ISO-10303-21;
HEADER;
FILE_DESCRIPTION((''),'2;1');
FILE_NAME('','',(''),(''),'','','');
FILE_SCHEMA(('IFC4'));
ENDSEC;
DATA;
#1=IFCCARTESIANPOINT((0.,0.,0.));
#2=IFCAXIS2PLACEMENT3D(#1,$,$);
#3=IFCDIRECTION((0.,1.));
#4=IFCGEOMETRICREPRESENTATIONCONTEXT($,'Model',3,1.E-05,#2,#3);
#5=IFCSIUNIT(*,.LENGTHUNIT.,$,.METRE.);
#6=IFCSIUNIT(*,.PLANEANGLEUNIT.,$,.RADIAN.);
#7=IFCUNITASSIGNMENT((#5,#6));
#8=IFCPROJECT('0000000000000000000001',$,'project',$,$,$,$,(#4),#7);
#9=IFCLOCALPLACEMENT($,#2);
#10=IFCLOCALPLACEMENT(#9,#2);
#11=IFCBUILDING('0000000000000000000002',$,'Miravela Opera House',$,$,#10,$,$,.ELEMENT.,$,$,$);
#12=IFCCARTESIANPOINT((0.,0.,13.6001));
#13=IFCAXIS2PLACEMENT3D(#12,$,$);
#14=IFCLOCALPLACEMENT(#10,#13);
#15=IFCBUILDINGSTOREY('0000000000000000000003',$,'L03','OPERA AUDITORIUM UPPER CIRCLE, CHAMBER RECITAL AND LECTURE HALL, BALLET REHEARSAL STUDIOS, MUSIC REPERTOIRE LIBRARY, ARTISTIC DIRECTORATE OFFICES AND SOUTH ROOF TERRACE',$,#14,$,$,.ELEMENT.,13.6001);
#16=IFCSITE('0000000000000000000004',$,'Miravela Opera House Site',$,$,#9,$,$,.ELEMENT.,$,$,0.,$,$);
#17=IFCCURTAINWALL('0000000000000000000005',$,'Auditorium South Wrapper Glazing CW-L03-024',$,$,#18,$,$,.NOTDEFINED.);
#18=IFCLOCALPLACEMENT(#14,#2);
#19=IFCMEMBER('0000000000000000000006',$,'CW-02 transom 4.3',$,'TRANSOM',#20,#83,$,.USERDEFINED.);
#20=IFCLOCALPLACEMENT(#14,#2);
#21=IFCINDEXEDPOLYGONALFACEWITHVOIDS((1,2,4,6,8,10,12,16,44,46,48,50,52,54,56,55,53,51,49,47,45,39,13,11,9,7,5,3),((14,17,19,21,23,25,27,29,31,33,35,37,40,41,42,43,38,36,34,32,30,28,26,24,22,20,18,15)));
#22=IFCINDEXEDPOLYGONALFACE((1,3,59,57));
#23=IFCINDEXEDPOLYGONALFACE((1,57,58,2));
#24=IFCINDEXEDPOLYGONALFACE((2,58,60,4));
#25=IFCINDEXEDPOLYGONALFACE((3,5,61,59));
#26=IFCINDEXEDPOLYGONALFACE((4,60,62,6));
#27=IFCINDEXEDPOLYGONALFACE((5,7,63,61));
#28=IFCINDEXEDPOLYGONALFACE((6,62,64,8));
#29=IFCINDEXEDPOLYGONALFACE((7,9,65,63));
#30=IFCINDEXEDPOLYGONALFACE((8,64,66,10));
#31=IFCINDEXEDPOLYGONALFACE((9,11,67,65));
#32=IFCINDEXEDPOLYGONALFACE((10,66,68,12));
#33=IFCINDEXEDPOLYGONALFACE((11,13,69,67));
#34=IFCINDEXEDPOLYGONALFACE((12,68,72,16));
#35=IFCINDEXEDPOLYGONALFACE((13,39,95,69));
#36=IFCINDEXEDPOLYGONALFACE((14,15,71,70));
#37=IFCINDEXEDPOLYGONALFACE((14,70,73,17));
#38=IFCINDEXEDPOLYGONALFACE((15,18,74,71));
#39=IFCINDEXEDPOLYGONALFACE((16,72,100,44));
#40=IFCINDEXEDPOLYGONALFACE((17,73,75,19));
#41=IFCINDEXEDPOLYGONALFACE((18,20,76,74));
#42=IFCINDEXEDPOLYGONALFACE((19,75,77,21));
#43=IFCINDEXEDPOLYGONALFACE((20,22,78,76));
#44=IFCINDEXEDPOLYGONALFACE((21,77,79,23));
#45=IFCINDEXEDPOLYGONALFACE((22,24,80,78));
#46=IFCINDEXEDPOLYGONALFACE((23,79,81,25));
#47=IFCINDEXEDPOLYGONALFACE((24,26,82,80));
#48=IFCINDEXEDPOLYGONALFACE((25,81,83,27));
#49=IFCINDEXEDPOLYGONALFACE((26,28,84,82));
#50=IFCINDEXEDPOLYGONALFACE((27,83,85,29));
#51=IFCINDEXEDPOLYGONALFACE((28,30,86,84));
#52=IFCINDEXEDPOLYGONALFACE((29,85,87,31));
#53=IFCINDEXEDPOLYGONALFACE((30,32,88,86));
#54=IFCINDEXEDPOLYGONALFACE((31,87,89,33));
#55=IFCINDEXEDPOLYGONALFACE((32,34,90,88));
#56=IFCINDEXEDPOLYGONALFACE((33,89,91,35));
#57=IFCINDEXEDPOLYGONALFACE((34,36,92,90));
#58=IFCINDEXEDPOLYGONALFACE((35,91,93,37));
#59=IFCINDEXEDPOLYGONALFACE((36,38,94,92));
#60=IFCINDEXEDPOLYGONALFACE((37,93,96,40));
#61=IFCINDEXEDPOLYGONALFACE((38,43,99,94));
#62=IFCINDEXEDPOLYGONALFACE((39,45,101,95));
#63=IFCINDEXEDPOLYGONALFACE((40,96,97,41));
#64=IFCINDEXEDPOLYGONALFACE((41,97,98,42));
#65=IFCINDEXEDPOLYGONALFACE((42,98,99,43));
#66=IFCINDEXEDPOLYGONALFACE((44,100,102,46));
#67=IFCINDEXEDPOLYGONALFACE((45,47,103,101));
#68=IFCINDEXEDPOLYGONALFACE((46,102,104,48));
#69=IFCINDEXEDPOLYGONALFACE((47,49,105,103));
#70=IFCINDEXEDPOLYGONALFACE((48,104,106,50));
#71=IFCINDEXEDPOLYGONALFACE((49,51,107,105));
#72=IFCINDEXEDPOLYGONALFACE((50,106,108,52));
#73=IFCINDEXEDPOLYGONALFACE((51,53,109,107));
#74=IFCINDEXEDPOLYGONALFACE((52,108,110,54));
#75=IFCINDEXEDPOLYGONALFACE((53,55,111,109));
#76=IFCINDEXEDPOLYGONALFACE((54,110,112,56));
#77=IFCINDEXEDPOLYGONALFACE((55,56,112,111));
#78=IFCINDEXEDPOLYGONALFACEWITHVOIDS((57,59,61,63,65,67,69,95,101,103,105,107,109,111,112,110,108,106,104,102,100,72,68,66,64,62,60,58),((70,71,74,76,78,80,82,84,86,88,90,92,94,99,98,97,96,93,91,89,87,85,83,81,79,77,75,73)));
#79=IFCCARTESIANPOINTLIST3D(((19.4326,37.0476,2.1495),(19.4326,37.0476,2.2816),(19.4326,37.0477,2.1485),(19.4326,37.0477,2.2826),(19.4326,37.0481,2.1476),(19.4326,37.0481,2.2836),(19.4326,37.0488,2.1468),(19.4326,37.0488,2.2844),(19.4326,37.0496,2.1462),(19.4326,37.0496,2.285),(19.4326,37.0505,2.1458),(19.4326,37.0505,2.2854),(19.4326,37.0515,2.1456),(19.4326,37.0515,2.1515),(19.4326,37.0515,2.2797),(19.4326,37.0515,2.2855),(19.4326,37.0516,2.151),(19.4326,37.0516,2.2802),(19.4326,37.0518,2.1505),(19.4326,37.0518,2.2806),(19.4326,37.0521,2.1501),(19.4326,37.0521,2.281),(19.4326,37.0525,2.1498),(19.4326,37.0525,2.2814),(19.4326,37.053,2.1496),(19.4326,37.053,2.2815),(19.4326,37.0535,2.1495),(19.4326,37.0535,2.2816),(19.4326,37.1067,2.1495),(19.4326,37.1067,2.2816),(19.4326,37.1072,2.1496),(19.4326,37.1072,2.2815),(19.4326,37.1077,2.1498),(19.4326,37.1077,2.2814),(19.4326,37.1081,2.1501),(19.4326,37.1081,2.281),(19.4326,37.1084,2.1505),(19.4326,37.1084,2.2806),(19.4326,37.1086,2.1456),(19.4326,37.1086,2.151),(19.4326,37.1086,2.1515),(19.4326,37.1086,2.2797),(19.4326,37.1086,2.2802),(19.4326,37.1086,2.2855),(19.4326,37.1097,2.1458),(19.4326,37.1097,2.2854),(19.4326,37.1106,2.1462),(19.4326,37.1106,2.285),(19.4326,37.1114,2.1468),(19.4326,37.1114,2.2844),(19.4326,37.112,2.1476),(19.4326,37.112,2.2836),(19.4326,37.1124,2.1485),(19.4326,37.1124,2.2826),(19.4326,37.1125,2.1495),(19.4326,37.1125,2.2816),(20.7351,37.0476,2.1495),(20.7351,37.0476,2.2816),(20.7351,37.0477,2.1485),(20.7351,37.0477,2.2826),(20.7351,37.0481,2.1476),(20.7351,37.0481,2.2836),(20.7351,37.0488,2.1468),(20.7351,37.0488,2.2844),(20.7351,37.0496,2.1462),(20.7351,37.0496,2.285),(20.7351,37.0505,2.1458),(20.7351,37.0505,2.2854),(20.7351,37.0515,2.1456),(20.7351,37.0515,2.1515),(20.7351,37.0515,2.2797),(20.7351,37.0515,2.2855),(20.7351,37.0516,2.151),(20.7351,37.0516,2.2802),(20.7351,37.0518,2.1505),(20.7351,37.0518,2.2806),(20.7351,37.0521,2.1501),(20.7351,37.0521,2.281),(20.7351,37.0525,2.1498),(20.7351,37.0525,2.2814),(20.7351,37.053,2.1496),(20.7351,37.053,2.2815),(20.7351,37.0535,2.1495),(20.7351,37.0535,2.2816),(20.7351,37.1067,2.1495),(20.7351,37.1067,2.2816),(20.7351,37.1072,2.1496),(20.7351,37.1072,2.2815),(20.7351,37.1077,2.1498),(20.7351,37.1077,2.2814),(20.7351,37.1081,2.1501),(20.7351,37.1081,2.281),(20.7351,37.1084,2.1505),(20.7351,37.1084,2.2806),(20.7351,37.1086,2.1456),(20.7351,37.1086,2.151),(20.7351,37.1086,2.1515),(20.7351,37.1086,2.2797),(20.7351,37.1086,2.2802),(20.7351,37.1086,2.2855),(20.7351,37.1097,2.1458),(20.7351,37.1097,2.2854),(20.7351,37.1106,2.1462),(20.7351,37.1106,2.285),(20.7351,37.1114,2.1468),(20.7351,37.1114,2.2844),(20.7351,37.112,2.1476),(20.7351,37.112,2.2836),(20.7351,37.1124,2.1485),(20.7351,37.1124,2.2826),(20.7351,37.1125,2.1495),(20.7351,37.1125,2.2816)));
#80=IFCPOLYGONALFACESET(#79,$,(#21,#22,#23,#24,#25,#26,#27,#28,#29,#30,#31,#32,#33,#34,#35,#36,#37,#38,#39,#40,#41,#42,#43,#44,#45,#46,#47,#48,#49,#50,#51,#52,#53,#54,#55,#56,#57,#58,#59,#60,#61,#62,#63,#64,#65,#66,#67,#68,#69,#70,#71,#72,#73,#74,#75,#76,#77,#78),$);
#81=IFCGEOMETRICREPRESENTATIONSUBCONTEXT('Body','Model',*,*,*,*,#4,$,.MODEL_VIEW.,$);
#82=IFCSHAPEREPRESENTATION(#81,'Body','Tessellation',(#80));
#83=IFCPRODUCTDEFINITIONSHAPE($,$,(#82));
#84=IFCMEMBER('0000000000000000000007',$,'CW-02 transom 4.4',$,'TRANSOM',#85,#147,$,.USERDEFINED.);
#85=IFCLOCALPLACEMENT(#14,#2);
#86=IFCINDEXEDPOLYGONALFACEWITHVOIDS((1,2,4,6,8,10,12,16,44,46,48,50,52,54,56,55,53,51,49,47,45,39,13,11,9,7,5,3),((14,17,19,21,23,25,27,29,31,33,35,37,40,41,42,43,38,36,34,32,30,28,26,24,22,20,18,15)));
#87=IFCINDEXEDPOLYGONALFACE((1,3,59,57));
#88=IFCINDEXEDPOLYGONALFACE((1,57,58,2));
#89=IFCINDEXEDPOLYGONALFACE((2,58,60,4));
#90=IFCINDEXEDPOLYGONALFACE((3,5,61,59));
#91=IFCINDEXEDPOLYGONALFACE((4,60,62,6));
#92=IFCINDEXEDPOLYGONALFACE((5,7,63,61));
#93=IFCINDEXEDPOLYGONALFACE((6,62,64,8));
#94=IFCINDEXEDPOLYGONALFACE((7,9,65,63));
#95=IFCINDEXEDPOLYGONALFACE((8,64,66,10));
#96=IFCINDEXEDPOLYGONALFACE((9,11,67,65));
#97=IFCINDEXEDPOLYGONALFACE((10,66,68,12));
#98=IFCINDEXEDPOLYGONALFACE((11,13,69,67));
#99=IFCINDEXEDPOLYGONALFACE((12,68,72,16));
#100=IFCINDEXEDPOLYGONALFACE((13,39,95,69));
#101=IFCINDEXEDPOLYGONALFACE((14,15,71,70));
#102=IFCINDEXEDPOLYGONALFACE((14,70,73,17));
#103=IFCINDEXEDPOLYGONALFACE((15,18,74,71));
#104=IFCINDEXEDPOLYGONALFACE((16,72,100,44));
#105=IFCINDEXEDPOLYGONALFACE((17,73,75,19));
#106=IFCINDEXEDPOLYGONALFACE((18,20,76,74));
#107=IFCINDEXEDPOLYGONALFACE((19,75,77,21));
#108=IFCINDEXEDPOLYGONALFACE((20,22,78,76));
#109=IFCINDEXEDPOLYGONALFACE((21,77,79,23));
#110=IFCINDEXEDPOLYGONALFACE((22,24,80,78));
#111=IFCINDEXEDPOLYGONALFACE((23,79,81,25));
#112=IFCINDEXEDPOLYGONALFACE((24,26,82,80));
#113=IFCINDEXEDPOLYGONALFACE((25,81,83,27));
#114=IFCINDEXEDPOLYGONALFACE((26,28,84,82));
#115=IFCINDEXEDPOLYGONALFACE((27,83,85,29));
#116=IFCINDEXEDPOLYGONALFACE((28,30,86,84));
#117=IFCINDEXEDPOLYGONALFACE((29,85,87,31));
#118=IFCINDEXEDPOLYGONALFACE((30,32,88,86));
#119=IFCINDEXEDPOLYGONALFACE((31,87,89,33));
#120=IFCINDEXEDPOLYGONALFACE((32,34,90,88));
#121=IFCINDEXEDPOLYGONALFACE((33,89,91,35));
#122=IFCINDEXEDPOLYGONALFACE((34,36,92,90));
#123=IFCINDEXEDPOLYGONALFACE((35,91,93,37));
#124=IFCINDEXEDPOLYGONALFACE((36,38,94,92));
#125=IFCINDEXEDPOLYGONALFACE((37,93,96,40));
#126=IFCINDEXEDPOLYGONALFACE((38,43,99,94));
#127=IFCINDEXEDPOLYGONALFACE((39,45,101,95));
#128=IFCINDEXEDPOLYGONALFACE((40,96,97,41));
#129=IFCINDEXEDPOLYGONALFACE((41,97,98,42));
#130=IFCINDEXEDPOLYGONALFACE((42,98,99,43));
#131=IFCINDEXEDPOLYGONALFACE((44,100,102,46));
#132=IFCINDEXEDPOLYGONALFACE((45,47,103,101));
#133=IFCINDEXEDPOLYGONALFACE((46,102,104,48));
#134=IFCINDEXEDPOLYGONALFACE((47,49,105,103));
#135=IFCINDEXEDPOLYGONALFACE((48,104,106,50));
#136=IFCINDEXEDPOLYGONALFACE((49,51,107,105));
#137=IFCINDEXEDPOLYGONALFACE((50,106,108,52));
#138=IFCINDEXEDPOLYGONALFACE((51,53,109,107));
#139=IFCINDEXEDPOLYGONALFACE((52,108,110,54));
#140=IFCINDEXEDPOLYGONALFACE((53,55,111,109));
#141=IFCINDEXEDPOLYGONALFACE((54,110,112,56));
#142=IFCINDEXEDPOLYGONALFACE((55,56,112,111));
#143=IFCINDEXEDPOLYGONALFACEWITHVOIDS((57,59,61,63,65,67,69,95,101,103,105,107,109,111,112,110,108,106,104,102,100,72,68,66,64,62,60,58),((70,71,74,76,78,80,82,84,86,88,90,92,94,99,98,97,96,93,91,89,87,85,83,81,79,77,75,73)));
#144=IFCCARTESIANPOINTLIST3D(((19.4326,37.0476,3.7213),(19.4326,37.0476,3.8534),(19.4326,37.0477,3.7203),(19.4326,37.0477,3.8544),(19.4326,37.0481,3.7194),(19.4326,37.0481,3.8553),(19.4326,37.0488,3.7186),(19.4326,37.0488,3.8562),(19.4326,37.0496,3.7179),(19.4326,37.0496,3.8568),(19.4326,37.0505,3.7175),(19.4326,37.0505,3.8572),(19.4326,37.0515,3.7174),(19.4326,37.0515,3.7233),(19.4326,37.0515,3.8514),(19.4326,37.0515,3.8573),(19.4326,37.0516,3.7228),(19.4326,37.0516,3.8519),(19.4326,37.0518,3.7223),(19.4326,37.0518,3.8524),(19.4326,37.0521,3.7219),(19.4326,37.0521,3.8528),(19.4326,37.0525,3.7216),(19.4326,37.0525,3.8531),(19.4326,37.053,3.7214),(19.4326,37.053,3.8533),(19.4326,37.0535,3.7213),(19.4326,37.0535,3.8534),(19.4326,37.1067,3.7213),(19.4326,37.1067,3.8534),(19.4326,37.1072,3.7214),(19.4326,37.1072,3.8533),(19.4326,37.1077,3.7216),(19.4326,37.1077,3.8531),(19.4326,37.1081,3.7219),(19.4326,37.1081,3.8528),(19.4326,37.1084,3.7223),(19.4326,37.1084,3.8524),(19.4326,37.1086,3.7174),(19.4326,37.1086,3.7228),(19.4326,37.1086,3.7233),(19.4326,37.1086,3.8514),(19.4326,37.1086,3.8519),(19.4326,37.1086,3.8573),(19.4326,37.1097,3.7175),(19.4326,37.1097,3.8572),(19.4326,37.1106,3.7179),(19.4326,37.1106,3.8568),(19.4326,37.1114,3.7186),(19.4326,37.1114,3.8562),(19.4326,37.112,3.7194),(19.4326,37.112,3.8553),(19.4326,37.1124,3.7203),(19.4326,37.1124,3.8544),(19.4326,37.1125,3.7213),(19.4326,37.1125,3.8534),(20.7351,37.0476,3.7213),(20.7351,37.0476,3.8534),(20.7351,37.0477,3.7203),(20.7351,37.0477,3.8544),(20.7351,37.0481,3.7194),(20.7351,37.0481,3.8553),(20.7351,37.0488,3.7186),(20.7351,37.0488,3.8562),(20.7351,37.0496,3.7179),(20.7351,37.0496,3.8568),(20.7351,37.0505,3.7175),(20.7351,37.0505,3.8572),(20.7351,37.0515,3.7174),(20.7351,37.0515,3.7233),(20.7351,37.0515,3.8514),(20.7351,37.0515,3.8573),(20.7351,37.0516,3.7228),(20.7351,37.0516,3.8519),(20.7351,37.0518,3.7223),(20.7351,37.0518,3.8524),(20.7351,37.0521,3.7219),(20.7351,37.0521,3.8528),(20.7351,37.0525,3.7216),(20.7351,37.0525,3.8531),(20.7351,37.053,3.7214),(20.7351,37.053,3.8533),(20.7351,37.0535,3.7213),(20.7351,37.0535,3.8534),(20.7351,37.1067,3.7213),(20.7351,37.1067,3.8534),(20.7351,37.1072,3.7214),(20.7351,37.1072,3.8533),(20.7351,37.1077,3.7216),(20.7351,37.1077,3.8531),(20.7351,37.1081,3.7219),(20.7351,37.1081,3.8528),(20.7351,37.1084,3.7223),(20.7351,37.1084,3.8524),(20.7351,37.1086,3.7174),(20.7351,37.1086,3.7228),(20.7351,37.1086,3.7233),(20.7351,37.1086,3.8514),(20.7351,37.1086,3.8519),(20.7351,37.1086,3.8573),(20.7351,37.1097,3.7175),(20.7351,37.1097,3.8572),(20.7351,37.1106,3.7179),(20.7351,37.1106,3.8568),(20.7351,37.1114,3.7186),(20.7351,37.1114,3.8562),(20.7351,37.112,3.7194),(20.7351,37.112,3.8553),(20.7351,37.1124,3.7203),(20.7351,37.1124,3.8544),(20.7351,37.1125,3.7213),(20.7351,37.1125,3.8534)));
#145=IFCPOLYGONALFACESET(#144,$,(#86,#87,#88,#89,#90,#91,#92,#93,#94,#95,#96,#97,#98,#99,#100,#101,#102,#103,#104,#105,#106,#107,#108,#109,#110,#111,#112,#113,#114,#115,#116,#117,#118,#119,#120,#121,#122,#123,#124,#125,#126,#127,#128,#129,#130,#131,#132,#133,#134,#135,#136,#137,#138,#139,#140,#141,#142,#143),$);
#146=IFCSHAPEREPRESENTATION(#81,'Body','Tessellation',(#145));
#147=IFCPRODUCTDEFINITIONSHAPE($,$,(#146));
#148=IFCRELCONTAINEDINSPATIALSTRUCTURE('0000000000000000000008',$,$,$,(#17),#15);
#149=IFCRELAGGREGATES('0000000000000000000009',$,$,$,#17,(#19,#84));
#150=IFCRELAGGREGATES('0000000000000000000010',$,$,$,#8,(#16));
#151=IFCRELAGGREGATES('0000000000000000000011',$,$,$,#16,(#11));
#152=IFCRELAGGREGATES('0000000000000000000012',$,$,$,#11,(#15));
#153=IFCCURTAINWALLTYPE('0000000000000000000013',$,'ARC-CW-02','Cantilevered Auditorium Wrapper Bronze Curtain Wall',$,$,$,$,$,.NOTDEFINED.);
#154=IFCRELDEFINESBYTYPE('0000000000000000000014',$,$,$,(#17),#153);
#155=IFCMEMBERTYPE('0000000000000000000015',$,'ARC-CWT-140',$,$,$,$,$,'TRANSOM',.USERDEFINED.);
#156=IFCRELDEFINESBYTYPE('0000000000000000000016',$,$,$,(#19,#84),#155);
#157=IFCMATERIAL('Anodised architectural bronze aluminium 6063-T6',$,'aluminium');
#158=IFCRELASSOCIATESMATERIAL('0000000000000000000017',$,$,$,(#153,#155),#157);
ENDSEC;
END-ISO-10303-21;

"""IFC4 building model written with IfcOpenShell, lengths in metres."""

from ifc_helpers import new_model, si_unit, direction, frame, origin, origin_2d, place, context, subcontext, project, spatial, hollow_rectangle, extrude, material, material_profile, profile_set, type_object, element, aggregate, save


model = new_model("IFC4")

# Units and contexts
model_context = context("Model", 3, precision=1e-05, world=origin(), true_north=direction((0.0, 1.0)))
body_context = subcontext(model_context, "Body", "Model", "MODEL_VIEW")
ifc_project = project(units=[si_unit("LENGTHUNIT", "METRE"), si_unit("PLANEANGLEUNIT", "RADIAN")], contexts=[model_context])

# Site, building, storey
site_placement = place(None, origin())
site = spatial("IfcSite", under=ifc_project, at=site_placement, Name="Miravela Opera House Site", CompositionType="ELEMENT", RefElevation=0.0)
building_placement = place(site_placement, origin())
building = spatial("IfcBuilding", under=site, at=building_placement, Name="Miravela Opera House", CompositionType="ELEMENT")
storey_placement = place(building_placement, frame((0.0, 0.0, 13.6001)))
storey = spatial("IfcBuildingStorey", under=building, at=storey_placement, Name="L03", Description="OPERA AUDITORIUM UPPER CIRCLE, CHAMBER RECITAL AND LECTURE HALL, BALLET REHEARSAL STUDIOS, MUSIC REPERTOIRE LIBRARY, ARTISTIC DIRECTORATE OFFICES AND SOUTH ROOF TERRACE", CompositionType="ELEMENT", Elevation=13.6001)

# Curtain wall
ifc_material_1 = material(Name="Anodised architectural bronze aluminium 6063-T6", Category="aluminium")
curtain_wall_type = type_object("IfcCurtainWallType", Name="ARC-CW-02", Description="Cantilevered Auditorium Wrapper Bronze Curtain Wall", PredefinedType="NOTDEFINED", material=ifc_material_1)
curtain_wall_1_placement = place(storey_placement, origin())
curtain_wall_1 = element("IfcCurtainWall", 1, at=curtain_wall_1_placement, inside=storey, type_object=curtain_wall_type, Name="Auditorium South Wrapper Glazing CW-L03-024", PredefinedType="NOTDEFINED")

# Members
ifc_material_profile_1 = material_profile(ifc_material_1, hollow_rectangle(XDim=0.0649, YDim=0.1399, WallThickness=0.0039, InnerFilletRadius=0.002, OuterFilletRadius=0.0039, at=origin_2d()), Name="CWT-65X140")
ifc_profile_set_1 = profile_set([ifc_material_profile_1])
member_type_1 = type_object("IfcMemberType", Name="ARC-CWT-140", ElementType="TRANSOM", PredefinedType="USERDEFINED", material=ifc_profile_set_1)
member_1_placement = place(storey_placement, frame((19.4326, 37.0801, 2.2156), z_axis=(1.0, 0.0, 0.0), x_axis=(0.0, 1.0, 0.0)))
member_1 = element("IfcMember", 2, at=member_1_placement, type_object=member_type_1, Name="CW-02 transom 4.3", ObjectType="TRANSOM", PredefinedType="USERDEFINED", context=body_context, shape_type="SweptSolid", body=[
    extrude(hollow_rectangle(XDim=0.0649, YDim=0.1399, WallThickness=0.0039, InnerFilletRadius=0.002, OuterFilletRadius=0.0039, at=origin_2d()), origin(), (0.0, 0.0, 1.0), 1.3025),
])
member_2_placement = place(storey_placement, frame((19.4326, 37.0801, 3.7874), z_axis=(1.0, 0.0, 0.0), x_axis=(0.0, 1.0, 0.0)))
member_2 = element("IfcMember", 3, at=member_2_placement, type_object=member_type_1, Name="CW-02 transom 4.4", ObjectType="TRANSOM", PredefinedType="USERDEFINED", context=body_context, shape_type="SweptSolid", body=[
    extrude(hollow_rectangle(XDim=0.0649, YDim=0.1399, WallThickness=0.0039, InnerFilletRadius=0.002, OuterFilletRadius=0.0039, at=origin_2d()), origin(), (0.0, 0.0, 1.0), 1.3025),
])

aggregate(curtain_wall_1, [member_1, member_2])

save(model, "model.ifc")
